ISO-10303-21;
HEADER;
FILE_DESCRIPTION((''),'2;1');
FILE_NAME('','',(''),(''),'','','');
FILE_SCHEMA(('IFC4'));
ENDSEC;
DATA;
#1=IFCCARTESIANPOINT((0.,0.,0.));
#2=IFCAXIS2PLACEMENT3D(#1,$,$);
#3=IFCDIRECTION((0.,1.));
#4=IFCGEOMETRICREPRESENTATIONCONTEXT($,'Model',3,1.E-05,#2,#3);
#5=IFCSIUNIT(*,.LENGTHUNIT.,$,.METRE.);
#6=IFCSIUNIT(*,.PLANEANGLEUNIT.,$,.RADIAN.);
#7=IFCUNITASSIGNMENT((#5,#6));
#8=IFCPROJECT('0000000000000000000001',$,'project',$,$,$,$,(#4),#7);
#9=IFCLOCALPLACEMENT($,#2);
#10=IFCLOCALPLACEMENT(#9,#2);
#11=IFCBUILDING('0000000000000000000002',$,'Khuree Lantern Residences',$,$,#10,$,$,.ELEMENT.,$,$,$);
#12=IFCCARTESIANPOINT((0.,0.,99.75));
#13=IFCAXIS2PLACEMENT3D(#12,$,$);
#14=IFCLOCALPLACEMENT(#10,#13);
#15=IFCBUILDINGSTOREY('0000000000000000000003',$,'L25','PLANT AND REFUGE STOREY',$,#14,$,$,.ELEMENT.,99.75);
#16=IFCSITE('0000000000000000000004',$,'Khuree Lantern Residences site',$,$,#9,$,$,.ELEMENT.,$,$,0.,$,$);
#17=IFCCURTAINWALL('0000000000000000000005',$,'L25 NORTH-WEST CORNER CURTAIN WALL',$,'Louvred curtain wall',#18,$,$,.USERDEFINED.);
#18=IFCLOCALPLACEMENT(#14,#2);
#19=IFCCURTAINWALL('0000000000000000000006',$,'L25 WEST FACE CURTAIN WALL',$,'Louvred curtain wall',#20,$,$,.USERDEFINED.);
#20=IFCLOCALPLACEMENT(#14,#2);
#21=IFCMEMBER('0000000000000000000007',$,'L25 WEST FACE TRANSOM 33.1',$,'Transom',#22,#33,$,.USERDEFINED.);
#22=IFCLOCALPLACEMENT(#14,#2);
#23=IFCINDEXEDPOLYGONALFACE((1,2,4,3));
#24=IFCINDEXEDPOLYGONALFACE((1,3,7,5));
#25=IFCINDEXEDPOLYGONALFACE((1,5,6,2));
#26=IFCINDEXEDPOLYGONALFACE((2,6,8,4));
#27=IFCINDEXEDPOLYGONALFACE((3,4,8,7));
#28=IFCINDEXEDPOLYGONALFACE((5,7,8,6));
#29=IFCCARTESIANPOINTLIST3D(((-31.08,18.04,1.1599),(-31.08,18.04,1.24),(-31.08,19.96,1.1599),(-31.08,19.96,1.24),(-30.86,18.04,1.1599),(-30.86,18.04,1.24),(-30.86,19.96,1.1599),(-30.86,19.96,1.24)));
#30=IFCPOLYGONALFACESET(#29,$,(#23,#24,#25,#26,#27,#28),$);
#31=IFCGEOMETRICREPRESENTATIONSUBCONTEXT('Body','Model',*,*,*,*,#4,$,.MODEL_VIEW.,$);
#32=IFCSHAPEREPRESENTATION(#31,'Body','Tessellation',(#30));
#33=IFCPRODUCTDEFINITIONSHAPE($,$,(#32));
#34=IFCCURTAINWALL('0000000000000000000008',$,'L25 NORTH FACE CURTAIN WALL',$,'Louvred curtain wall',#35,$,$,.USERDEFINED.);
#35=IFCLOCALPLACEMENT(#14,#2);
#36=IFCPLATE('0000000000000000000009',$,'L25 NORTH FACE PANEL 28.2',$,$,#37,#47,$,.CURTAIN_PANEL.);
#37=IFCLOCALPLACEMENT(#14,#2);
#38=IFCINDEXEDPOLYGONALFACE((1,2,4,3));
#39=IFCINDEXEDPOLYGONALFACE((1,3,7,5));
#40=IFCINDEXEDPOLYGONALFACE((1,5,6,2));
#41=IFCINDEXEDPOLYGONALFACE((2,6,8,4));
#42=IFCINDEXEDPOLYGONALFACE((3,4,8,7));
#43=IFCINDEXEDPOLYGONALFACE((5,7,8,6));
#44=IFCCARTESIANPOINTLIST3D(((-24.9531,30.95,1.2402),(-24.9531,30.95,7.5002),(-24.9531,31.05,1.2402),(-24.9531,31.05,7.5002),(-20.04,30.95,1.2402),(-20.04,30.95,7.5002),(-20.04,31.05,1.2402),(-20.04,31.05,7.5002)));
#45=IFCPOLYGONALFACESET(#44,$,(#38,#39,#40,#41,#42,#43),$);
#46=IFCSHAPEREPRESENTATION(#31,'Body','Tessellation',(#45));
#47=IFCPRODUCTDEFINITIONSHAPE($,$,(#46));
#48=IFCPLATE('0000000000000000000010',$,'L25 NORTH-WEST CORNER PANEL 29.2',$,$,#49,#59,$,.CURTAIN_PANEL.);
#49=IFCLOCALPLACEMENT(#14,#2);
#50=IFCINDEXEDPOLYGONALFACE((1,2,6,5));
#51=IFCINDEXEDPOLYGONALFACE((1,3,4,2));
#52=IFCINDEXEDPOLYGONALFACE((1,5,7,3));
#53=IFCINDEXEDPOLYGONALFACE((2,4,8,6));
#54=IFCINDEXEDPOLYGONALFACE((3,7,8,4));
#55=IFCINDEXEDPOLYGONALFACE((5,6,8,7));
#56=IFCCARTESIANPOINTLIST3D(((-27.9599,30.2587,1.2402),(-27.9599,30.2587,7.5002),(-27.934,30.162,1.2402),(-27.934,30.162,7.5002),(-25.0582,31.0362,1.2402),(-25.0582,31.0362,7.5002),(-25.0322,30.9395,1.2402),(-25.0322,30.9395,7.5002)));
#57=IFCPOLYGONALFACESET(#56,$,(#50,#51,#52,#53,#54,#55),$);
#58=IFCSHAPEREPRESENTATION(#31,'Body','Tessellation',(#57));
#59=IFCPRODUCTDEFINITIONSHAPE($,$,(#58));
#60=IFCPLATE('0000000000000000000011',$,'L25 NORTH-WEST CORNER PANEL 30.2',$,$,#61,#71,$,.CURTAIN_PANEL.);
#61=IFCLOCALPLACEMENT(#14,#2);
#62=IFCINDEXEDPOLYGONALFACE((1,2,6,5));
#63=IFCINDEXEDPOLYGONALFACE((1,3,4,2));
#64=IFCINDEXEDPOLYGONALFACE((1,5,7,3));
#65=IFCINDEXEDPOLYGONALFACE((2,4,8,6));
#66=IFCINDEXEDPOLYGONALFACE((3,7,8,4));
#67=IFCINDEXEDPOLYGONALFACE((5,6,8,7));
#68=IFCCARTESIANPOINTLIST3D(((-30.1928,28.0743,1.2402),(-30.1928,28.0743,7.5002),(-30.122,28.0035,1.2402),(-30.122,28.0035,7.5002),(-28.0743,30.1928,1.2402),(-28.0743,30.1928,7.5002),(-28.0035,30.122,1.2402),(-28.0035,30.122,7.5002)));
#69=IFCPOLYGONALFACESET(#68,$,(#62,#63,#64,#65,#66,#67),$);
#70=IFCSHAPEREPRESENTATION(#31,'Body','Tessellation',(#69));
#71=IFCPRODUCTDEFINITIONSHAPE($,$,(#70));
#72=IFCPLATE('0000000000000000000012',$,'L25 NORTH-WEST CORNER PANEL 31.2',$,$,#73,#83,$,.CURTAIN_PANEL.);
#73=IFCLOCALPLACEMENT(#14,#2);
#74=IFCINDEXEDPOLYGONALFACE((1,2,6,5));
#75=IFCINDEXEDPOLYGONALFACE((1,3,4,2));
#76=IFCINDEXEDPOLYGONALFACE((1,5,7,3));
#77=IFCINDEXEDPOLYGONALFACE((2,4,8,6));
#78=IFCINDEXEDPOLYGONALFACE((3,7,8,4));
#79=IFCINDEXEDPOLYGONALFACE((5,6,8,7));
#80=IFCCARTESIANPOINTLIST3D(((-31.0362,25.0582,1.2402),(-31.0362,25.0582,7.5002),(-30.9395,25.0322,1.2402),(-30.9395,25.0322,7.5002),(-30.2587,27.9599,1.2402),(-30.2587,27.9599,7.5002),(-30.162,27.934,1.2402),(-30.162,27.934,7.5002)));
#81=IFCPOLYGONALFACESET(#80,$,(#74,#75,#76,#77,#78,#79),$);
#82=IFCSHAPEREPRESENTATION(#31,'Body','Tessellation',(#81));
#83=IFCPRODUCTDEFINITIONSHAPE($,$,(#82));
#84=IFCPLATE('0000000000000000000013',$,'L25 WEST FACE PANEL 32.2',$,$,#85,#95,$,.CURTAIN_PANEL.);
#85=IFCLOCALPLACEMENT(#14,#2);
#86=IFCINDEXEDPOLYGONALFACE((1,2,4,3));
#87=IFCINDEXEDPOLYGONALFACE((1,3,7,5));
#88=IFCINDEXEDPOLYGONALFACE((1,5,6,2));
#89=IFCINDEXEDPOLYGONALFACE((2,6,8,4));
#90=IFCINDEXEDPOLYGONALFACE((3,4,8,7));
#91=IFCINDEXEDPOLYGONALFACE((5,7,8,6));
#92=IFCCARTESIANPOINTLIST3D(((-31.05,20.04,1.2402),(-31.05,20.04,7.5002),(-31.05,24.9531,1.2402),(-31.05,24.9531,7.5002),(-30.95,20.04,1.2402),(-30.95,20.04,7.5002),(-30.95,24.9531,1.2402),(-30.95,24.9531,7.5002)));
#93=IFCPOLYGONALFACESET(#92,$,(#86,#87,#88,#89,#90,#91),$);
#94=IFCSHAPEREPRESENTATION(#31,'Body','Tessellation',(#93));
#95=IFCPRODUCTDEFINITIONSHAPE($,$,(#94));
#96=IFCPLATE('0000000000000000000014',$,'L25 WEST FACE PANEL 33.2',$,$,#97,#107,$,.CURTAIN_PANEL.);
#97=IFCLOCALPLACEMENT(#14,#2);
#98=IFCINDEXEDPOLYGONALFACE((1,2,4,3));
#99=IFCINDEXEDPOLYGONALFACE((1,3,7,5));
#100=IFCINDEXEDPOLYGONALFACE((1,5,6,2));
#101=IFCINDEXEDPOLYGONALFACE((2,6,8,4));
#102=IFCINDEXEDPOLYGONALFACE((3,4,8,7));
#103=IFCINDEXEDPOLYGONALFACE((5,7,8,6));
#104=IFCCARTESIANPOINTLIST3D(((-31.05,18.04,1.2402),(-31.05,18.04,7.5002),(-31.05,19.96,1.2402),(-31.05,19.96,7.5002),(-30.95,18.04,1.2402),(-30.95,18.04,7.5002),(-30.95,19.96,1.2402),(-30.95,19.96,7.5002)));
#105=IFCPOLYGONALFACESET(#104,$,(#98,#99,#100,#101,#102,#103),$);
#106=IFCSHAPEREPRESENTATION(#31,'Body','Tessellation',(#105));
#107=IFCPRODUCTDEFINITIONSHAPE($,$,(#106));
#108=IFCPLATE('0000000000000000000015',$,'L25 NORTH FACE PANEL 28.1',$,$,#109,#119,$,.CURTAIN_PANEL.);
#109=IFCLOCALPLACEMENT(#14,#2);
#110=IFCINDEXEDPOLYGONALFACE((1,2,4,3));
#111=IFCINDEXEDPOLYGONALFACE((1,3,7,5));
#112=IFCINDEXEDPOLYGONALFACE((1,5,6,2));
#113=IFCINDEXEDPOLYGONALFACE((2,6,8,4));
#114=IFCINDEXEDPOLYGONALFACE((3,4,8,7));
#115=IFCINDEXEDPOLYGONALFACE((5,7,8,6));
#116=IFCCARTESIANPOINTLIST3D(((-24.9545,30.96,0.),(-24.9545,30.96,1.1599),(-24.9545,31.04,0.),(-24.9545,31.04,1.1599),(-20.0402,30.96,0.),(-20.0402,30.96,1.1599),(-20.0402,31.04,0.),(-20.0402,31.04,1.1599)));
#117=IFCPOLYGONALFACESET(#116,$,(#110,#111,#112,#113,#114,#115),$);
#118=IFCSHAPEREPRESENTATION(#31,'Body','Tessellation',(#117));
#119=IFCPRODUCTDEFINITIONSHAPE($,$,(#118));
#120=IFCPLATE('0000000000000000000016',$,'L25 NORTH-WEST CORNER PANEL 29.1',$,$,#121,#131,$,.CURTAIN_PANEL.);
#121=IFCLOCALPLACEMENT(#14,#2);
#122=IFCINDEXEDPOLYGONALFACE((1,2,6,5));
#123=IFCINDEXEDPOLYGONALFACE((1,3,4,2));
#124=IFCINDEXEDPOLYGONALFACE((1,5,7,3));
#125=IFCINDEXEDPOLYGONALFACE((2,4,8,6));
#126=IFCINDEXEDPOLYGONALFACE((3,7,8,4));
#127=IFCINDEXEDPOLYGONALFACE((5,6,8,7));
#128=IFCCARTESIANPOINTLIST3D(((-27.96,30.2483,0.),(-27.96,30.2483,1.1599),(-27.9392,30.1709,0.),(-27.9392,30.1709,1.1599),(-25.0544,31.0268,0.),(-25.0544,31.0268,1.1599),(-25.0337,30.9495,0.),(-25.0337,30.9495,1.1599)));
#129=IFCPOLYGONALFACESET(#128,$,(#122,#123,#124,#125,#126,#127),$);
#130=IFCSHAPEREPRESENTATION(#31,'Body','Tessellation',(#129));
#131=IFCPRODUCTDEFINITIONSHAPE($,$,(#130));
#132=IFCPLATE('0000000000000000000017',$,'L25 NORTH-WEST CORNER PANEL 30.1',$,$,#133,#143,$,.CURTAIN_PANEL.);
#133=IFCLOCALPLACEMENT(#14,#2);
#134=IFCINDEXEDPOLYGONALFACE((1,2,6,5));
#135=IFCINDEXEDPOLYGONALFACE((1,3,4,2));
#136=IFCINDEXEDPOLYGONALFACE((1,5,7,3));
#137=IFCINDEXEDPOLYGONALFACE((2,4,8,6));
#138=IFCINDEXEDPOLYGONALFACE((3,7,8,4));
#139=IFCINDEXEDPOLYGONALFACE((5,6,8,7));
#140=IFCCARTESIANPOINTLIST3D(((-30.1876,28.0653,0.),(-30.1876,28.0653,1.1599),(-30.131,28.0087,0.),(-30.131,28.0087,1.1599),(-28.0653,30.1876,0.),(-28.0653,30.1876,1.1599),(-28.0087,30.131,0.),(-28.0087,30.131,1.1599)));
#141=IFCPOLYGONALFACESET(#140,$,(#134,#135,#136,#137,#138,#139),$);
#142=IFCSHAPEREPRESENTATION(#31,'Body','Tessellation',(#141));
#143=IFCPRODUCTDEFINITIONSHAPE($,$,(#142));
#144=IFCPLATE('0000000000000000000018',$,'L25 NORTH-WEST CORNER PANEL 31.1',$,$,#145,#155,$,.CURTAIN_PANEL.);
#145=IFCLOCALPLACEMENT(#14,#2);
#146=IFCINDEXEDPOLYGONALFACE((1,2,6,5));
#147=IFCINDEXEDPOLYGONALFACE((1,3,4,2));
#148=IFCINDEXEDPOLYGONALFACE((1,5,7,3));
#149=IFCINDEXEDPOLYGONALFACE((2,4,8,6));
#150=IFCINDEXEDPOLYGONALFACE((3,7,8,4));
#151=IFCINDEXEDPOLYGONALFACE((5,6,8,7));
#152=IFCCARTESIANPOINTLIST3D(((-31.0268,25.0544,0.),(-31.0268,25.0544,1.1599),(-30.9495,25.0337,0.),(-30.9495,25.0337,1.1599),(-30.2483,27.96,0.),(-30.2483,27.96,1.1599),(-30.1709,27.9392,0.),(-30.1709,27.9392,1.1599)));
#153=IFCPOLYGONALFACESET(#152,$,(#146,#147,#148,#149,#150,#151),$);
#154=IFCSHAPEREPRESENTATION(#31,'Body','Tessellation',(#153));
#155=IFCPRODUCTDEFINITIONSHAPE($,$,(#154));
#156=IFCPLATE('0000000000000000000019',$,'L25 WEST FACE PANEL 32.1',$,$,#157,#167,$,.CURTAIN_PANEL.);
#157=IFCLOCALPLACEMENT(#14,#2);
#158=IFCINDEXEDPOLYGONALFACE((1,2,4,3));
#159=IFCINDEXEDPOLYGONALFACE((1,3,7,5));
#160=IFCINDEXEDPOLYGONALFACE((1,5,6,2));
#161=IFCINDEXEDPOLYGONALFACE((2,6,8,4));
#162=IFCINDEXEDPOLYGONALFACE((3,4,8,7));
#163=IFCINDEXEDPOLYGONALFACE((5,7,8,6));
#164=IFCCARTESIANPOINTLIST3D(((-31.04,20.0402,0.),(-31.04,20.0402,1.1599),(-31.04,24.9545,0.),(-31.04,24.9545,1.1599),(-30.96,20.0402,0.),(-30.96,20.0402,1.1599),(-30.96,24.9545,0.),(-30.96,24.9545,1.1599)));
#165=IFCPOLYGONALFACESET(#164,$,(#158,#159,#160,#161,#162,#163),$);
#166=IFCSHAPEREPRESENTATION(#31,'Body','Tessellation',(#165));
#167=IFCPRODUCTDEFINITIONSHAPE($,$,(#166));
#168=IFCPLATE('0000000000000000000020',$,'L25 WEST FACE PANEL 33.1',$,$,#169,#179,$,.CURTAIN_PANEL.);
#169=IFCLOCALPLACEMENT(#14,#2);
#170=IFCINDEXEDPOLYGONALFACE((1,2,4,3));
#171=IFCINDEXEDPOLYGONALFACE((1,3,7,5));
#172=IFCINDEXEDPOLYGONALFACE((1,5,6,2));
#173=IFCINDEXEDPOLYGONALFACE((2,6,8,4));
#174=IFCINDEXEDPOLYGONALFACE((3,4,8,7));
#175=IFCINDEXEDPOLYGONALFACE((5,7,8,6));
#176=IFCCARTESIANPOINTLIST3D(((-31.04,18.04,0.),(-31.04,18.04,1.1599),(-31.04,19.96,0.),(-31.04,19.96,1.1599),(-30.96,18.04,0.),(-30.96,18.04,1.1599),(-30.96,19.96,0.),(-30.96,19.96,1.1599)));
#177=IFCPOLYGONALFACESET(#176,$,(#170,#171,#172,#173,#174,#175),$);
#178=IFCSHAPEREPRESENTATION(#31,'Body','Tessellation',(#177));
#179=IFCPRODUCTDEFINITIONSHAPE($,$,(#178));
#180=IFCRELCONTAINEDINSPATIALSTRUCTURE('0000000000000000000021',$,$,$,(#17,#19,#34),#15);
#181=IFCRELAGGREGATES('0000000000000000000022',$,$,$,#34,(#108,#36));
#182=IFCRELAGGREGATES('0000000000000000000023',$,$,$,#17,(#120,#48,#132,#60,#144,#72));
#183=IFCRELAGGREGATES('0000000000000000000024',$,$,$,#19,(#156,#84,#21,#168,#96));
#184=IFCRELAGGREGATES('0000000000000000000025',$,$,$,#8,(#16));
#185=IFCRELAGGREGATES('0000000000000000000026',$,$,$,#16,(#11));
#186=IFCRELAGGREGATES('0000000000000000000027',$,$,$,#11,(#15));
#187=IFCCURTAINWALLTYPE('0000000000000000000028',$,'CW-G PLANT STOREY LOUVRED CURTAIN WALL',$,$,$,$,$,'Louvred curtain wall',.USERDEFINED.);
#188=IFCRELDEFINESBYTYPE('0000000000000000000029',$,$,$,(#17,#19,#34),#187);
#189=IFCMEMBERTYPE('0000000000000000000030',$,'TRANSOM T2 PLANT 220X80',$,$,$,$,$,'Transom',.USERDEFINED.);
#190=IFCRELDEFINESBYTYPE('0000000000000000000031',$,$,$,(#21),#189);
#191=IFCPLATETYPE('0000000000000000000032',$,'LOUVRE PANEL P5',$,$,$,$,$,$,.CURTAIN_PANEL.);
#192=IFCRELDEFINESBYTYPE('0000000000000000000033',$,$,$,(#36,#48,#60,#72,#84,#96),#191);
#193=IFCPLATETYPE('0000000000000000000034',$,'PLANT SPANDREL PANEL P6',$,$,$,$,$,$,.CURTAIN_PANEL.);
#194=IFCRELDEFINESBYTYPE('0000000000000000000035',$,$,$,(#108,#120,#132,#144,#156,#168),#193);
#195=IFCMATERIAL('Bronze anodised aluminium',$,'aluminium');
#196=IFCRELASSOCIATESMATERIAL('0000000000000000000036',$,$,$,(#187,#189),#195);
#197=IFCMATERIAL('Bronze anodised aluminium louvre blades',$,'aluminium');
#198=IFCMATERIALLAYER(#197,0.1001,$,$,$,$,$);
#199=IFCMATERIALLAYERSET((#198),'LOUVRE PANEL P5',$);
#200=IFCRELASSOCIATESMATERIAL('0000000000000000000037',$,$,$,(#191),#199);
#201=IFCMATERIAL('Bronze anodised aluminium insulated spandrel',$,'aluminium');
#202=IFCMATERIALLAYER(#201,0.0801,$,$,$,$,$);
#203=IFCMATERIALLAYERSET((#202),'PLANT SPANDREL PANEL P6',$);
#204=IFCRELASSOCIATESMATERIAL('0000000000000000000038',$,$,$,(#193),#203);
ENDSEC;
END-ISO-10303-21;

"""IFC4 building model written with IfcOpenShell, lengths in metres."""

from ifc_helpers import new_model, si_unit, direction, frame, origin, origin_2d, place, context, subcontext, project, spatial, rectangle, extrude, material, layer, layer_set, material_profile, profile_set, type_object, element, aggregate, save


model = new_model("IFC4")

# Units and contexts
model_context = context("Model", 3, precision=1e-05, world=origin(), true_north=direction((0.0, 1.0)))
body_context = subcontext(model_context, "Body", "Model", "MODEL_VIEW")
ifc_project = project(units=[si_unit("LENGTHUNIT", "METRE"), si_unit("PLANEANGLEUNIT", "RADIAN")], contexts=[model_context])

# Site, building, storey
site_placement = place(None, origin())
site = spatial("IfcSite", under=ifc_project, at=site_placement, Name="Khuree Lantern Residences site", CompositionType="ELEMENT", RefElevation=0.0)
building_placement = place(site_placement, origin())
building = spatial("IfcBuilding", under=site, at=building_placement, Name="Khuree Lantern Residences", CompositionType="ELEMENT")
storey_placement = place(building_placement, frame((0.0, 0.0, 99.75)))
storey = spatial("IfcBuildingStorey", under=building, at=storey_placement, Name="L25", Description="PLANT AND REFUGE STOREY", CompositionType="ELEMENT", Elevation=99.75)

# Curtain walls
ifc_material_1 = material(Name="Bronze anodised aluminium", Category="aluminium")
curtain_wall_type = type_object("IfcCurtainWallType", Name="CW-G PLANT STOREY LOUVRED CURTAIN WALL", ElementType="Louvred curtain wall", PredefinedType="USERDEFINED", material=ifc_material_1)
curtain_wall_1_placement = place(storey_placement, origin())
curtain_wall_1 = element("IfcCurtainWall", 1, at=curtain_wall_1_placement, inside=storey, type_object=curtain_wall_type, Name="L25 NORTH-WEST CORNER CURTAIN WALL", ObjectType="Louvred curtain wall", PredefinedType="USERDEFINED")
curtain_wall_2_placement = place(storey_placement, origin())
curtain_wall_2 = element("IfcCurtainWall", 2, at=curtain_wall_2_placement, inside=storey, type_object=curtain_wall_type, Name="L25 WEST FACE CURTAIN WALL", ObjectType="Louvred curtain wall", PredefinedType="USERDEFINED")

# Member
ifc_material_profile_1 = material_profile(ifc_material_1, rectangle(XDim=0.22, YDim=0.0801, at=origin_2d()), Name="T2 220X80")
ifc_profile_set_1 = profile_set([ifc_material_profile_1], Name="Bronze anodised aluminium")
member_type_1 = type_object("IfcMemberType", Name="TRANSOM T2 PLANT 220X80", ElementType="Transom", PredefinedType="USERDEFINED", material=ifc_profile_set_1)
member_1_placement = place(storey_placement, frame((-30.97, 19.96, 1.2), z_axis=(0.0, -1.0, 0.0), x_axis=(1.0, 0.0, 0.0)))
member_1 = element("IfcMember", 3, at=member_1_placement, type_object=member_type_1, Name="L25 WEST FACE TRANSOM 33.1", ObjectType="Transom", PredefinedType="USERDEFINED", context=body_context, shape_type="SweptSolid", body=[
    extrude(rectangle(XDim=0.22, YDim=0.0801, at=origin_2d()), origin(), (0.0, 0.0, 1.0), 1.9199),
])

# Curtain wall, plate
curtain_wall_3_placement = place(storey_placement, origin())
curtain_wall_3 = element("IfcCurtainWall", 4, at=curtain_wall_3_placement, inside=storey, type_object=curtain_wall_type, Name="L25 NORTH FACE CURTAIN WALL", ObjectType="Louvred curtain wall", PredefinedType="USERDEFINED")
ifc_material_2 = material(Name="Bronze anodised aluminium louvre blades", Category="aluminium")
ifc_layer_1 = layer(ifc_material_2, 0.1001)
ifc_layer_set_1 = layer_set([ifc_layer_1], Name="LOUVRE PANEL P5")
plate_type_1 = type_object("IfcPlateType", Name="LOUVRE PANEL P5", PredefinedType="CURTAIN_PANEL", material=ifc_layer_set_1)
plate_1_placement = place(storey_placement, frame((-22.4966, 31.0, 1.2402), z_axis=(0.0, 0.0, 1.0), x_axis=(-1.0, 0.0, 0.0)))
plate_1 = element("IfcPlate", 5, at=plate_1_placement, type_object=plate_type_1, Name="L25 NORTH FACE PANEL 28.2", PredefinedType="CURTAIN_PANEL", context=body_context, shape_type="SweptSolid", body=[
    extrude(rectangle(XDim=4.9131, YDim=0.1001, at=origin_2d()), origin(), (0.0, 0.0, 1.0), 6.26),
])

# Plates
plate_2_placement = place(storey_placement, frame((-26.4961, 30.5991, 1.2402), z_axis=(0.0, 0.0, 1.0), x_axis=(-0.965926, -0.258819, 0.0)))
plate_2 = element("IfcPlate", 6, at=plate_2_placement, type_object=plate_type_1, Name="L25 NORTH-WEST CORNER PANEL 29.2", PredefinedType="CURTAIN_PANEL", context=body_context, shape_type="SweptSolid", body=[
    extrude(rectangle(XDim=3.0042, YDim=0.1001, at=origin_2d()), origin(), (0.0, 0.0, 1.0), 6.26),
])
plate_3_placement = place(storey_placement, frame((-29.0981, 29.0981, 1.2402), z_axis=(0.0, 0.0, 1.0), x_axis=(-0.707107, -0.707107, 0.0)))
plate_3 = element("IfcPlate", 7, at=plate_3_placement, type_object=plate_type_1, Name="L25 NORTH-WEST CORNER PANEL 30.2", PredefinedType="CURTAIN_PANEL", context=body_context, shape_type="SweptSolid", body=[
    extrude(rectangle(XDim=2.9961, YDim=0.1001, at=origin_2d()), origin(), (0.0, 0.0, 1.0), 6.26),
])
plate_4_placement = place(storey_placement, frame((-30.5991, 26.4961, 1.2402), z_axis=(0.0, 0.0, 1.0), x_axis=(-0.258819, -0.965926, 0.0)))
plate_4 = element("IfcPlate", 8, at=plate_4_placement, type_object=plate_type_1, Name="L25 NORTH-WEST CORNER PANEL 31.2", PredefinedType="CURTAIN_PANEL", context=body_context, shape_type="SweptSolid", body=[
    extrude(rectangle(XDim=3.0042, YDim=0.1001, at=origin_2d()), origin(), (0.0, 0.0, 1.0), 6.26),
])
plate_5_placement = place(storey_placement, frame((-31.0, 22.4966, 1.2402), z_axis=(0.0, 0.0, 1.0), x_axis=(0.0, -1.0, 0.0)))
plate_5 = element("IfcPlate", 9, at=plate_5_placement, type_object=plate_type_1, Name="L25 WEST FACE PANEL 32.2", PredefinedType="CURTAIN_PANEL", context=body_context, shape_type="SweptSolid", body=[
    extrude(rectangle(XDim=4.9131, YDim=0.1001, at=origin_2d()), origin(), (0.0, 0.0, 1.0), 6.26),
])
plate_6_placement = place(storey_placement, frame((-31.0, 19.0, 1.2402), z_axis=(0.0, 0.0, 1.0), x_axis=(0.0, -1.0, 0.0)))
plate_6 = element("IfcPlate", 10, at=plate_6_placement, type_object=plate_type_1, Name="L25 WEST FACE PANEL 33.2", PredefinedType="CURTAIN_PANEL", context=body_context, shape_type="SweptSolid", body=[
    extrude(rectangle(XDim=1.9199, YDim=0.1001, at=origin_2d()), origin(), (0.0, 0.0, 1.0), 6.26),
])
ifc_material_3 = material(Name="Bronze anodised aluminium insulated spandrel", Category="aluminium")
ifc_layer_2 = layer(ifc_material_3, 0.0801)
ifc_layer_set_2 = layer_set([ifc_layer_2], Name="PLANT SPANDREL PANEL P6")
plate_type_2 = type_object("IfcPlateType", Name="PLANT SPANDREL PANEL P6", PredefinedType="CURTAIN_PANEL", material=ifc_layer_set_2)
plate_7_placement = place(storey_placement, frame((-22.4973, 31.0, 0.0), z_axis=(0.0, 0.0, 1.0), x_axis=(-1.0, 0.0, 0.0)))
plate_7 = element("IfcPlate", 11, at=plate_7_placement, type_object=plate_type_2, Name="L25 NORTH FACE PANEL 28.1", PredefinedType="CURTAIN_PANEL", context=body_context, shape_type="SweptSolid", body=[
    extrude(rectangle(XDim=4.9143, YDim=0.0801, at=origin_2d()), origin(), (0.0, 0.0, 1.0), 1.1599),
])
aggregate(curtain_wall_3, [plate_7, plate_1])
plate_8_placement = place(storey_placement, frame((-26.4968, 30.5989, 0.0), z_axis=(0.0, 0.0, 1.0), x_axis=(-0.965926, -0.258819, 0.0)))
plate_8 = element("IfcPlate", 12, at=plate_8_placement, type_object=plate_type_2, Name="L25 NORTH-WEST CORNER PANEL 29.1", PredefinedType="CURTAIN_PANEL", context=body_context, shape_type="SweptSolid", body=[
    extrude(rectangle(XDim=3.0081, YDim=0.0801, at=origin_2d()), origin(), (0.0, 0.0, 1.0), 1.1599),
])
plate_9_placement = place(storey_placement, frame((-29.0981, 29.0981, 0.0), z_axis=(0.0, 0.0, 1.0), x_axis=(-0.707107, -0.707107, 0.0)))
plate_9 = element("IfcPlate", 13, at=plate_9_placement, type_object=plate_type_2, Name="L25 NORTH-WEST CORNER PANEL 30.1", PredefinedType="CURTAIN_PANEL", context=body_context, shape_type="SweptSolid", body=[
    extrude(rectangle(XDim=3.0015, YDim=0.0801, at=origin_2d()), origin(), (0.0, 0.0, 1.0), 1.1599),
])
plate_10_placement = place(storey_placement, frame((-30.5989, 26.4968, 0.0), z_axis=(0.0, 0.0, 1.0), x_axis=(-0.258819, -0.965926, 0.0)))
plate_10 = element("IfcPlate", 14, at=plate_10_placement, type_object=plate_type_2, Name="L25 NORTH-WEST CORNER PANEL 31.1", PredefinedType="CURTAIN_PANEL", context=body_context, shape_type="SweptSolid", body=[
    extrude(rectangle(XDim=3.0081, YDim=0.0801, at=origin_2d()), origin(), (0.0, 0.0, 1.0), 1.1599),
])
aggregate(curtain_wall_1, [plate_8, plate_2, plate_9, plate_3, plate_10, plate_4])
plate_11_placement = place(storey_placement, frame((-31.0, 22.4973, 0.0), z_axis=(0.0, 0.0, 1.0), x_axis=(0.0, -1.0, 0.0)))
plate_11 = element("IfcPlate", 15, at=plate_11_placement, type_object=plate_type_2, Name="L25 WEST FACE PANEL 32.1", PredefinedType="CURTAIN_PANEL", context=body_context, shape_type="SweptSolid", body=[
    extrude(rectangle(XDim=4.9143, YDim=0.0801, at=origin_2d()), origin(), (0.0, 0.0, 1.0), 1.1599),
])
plate_12_placement = place(storey_placement, frame((-31.0, 19.0, 0.0), z_axis=(0.0, 0.0, 1.0), x_axis=(0.0, -1.0, 0.0)))
plate_12 = element("IfcPlate", 16, at=plate_12_placement, type_object=plate_type_2, Name="L25 WEST FACE PANEL 33.1", PredefinedType="CURTAIN_PANEL", context=body_context, shape_type="SweptSolid", body=[
    extrude(rectangle(XDim=1.9199, YDim=0.0801, at=origin_2d()), origin(), (0.0, 0.0, 1.0), 1.1599),
])
aggregate(curtain_wall_2, [plate_11, plate_5, member_1, plate_12, plate_6])

save(model, "model.ifc")
